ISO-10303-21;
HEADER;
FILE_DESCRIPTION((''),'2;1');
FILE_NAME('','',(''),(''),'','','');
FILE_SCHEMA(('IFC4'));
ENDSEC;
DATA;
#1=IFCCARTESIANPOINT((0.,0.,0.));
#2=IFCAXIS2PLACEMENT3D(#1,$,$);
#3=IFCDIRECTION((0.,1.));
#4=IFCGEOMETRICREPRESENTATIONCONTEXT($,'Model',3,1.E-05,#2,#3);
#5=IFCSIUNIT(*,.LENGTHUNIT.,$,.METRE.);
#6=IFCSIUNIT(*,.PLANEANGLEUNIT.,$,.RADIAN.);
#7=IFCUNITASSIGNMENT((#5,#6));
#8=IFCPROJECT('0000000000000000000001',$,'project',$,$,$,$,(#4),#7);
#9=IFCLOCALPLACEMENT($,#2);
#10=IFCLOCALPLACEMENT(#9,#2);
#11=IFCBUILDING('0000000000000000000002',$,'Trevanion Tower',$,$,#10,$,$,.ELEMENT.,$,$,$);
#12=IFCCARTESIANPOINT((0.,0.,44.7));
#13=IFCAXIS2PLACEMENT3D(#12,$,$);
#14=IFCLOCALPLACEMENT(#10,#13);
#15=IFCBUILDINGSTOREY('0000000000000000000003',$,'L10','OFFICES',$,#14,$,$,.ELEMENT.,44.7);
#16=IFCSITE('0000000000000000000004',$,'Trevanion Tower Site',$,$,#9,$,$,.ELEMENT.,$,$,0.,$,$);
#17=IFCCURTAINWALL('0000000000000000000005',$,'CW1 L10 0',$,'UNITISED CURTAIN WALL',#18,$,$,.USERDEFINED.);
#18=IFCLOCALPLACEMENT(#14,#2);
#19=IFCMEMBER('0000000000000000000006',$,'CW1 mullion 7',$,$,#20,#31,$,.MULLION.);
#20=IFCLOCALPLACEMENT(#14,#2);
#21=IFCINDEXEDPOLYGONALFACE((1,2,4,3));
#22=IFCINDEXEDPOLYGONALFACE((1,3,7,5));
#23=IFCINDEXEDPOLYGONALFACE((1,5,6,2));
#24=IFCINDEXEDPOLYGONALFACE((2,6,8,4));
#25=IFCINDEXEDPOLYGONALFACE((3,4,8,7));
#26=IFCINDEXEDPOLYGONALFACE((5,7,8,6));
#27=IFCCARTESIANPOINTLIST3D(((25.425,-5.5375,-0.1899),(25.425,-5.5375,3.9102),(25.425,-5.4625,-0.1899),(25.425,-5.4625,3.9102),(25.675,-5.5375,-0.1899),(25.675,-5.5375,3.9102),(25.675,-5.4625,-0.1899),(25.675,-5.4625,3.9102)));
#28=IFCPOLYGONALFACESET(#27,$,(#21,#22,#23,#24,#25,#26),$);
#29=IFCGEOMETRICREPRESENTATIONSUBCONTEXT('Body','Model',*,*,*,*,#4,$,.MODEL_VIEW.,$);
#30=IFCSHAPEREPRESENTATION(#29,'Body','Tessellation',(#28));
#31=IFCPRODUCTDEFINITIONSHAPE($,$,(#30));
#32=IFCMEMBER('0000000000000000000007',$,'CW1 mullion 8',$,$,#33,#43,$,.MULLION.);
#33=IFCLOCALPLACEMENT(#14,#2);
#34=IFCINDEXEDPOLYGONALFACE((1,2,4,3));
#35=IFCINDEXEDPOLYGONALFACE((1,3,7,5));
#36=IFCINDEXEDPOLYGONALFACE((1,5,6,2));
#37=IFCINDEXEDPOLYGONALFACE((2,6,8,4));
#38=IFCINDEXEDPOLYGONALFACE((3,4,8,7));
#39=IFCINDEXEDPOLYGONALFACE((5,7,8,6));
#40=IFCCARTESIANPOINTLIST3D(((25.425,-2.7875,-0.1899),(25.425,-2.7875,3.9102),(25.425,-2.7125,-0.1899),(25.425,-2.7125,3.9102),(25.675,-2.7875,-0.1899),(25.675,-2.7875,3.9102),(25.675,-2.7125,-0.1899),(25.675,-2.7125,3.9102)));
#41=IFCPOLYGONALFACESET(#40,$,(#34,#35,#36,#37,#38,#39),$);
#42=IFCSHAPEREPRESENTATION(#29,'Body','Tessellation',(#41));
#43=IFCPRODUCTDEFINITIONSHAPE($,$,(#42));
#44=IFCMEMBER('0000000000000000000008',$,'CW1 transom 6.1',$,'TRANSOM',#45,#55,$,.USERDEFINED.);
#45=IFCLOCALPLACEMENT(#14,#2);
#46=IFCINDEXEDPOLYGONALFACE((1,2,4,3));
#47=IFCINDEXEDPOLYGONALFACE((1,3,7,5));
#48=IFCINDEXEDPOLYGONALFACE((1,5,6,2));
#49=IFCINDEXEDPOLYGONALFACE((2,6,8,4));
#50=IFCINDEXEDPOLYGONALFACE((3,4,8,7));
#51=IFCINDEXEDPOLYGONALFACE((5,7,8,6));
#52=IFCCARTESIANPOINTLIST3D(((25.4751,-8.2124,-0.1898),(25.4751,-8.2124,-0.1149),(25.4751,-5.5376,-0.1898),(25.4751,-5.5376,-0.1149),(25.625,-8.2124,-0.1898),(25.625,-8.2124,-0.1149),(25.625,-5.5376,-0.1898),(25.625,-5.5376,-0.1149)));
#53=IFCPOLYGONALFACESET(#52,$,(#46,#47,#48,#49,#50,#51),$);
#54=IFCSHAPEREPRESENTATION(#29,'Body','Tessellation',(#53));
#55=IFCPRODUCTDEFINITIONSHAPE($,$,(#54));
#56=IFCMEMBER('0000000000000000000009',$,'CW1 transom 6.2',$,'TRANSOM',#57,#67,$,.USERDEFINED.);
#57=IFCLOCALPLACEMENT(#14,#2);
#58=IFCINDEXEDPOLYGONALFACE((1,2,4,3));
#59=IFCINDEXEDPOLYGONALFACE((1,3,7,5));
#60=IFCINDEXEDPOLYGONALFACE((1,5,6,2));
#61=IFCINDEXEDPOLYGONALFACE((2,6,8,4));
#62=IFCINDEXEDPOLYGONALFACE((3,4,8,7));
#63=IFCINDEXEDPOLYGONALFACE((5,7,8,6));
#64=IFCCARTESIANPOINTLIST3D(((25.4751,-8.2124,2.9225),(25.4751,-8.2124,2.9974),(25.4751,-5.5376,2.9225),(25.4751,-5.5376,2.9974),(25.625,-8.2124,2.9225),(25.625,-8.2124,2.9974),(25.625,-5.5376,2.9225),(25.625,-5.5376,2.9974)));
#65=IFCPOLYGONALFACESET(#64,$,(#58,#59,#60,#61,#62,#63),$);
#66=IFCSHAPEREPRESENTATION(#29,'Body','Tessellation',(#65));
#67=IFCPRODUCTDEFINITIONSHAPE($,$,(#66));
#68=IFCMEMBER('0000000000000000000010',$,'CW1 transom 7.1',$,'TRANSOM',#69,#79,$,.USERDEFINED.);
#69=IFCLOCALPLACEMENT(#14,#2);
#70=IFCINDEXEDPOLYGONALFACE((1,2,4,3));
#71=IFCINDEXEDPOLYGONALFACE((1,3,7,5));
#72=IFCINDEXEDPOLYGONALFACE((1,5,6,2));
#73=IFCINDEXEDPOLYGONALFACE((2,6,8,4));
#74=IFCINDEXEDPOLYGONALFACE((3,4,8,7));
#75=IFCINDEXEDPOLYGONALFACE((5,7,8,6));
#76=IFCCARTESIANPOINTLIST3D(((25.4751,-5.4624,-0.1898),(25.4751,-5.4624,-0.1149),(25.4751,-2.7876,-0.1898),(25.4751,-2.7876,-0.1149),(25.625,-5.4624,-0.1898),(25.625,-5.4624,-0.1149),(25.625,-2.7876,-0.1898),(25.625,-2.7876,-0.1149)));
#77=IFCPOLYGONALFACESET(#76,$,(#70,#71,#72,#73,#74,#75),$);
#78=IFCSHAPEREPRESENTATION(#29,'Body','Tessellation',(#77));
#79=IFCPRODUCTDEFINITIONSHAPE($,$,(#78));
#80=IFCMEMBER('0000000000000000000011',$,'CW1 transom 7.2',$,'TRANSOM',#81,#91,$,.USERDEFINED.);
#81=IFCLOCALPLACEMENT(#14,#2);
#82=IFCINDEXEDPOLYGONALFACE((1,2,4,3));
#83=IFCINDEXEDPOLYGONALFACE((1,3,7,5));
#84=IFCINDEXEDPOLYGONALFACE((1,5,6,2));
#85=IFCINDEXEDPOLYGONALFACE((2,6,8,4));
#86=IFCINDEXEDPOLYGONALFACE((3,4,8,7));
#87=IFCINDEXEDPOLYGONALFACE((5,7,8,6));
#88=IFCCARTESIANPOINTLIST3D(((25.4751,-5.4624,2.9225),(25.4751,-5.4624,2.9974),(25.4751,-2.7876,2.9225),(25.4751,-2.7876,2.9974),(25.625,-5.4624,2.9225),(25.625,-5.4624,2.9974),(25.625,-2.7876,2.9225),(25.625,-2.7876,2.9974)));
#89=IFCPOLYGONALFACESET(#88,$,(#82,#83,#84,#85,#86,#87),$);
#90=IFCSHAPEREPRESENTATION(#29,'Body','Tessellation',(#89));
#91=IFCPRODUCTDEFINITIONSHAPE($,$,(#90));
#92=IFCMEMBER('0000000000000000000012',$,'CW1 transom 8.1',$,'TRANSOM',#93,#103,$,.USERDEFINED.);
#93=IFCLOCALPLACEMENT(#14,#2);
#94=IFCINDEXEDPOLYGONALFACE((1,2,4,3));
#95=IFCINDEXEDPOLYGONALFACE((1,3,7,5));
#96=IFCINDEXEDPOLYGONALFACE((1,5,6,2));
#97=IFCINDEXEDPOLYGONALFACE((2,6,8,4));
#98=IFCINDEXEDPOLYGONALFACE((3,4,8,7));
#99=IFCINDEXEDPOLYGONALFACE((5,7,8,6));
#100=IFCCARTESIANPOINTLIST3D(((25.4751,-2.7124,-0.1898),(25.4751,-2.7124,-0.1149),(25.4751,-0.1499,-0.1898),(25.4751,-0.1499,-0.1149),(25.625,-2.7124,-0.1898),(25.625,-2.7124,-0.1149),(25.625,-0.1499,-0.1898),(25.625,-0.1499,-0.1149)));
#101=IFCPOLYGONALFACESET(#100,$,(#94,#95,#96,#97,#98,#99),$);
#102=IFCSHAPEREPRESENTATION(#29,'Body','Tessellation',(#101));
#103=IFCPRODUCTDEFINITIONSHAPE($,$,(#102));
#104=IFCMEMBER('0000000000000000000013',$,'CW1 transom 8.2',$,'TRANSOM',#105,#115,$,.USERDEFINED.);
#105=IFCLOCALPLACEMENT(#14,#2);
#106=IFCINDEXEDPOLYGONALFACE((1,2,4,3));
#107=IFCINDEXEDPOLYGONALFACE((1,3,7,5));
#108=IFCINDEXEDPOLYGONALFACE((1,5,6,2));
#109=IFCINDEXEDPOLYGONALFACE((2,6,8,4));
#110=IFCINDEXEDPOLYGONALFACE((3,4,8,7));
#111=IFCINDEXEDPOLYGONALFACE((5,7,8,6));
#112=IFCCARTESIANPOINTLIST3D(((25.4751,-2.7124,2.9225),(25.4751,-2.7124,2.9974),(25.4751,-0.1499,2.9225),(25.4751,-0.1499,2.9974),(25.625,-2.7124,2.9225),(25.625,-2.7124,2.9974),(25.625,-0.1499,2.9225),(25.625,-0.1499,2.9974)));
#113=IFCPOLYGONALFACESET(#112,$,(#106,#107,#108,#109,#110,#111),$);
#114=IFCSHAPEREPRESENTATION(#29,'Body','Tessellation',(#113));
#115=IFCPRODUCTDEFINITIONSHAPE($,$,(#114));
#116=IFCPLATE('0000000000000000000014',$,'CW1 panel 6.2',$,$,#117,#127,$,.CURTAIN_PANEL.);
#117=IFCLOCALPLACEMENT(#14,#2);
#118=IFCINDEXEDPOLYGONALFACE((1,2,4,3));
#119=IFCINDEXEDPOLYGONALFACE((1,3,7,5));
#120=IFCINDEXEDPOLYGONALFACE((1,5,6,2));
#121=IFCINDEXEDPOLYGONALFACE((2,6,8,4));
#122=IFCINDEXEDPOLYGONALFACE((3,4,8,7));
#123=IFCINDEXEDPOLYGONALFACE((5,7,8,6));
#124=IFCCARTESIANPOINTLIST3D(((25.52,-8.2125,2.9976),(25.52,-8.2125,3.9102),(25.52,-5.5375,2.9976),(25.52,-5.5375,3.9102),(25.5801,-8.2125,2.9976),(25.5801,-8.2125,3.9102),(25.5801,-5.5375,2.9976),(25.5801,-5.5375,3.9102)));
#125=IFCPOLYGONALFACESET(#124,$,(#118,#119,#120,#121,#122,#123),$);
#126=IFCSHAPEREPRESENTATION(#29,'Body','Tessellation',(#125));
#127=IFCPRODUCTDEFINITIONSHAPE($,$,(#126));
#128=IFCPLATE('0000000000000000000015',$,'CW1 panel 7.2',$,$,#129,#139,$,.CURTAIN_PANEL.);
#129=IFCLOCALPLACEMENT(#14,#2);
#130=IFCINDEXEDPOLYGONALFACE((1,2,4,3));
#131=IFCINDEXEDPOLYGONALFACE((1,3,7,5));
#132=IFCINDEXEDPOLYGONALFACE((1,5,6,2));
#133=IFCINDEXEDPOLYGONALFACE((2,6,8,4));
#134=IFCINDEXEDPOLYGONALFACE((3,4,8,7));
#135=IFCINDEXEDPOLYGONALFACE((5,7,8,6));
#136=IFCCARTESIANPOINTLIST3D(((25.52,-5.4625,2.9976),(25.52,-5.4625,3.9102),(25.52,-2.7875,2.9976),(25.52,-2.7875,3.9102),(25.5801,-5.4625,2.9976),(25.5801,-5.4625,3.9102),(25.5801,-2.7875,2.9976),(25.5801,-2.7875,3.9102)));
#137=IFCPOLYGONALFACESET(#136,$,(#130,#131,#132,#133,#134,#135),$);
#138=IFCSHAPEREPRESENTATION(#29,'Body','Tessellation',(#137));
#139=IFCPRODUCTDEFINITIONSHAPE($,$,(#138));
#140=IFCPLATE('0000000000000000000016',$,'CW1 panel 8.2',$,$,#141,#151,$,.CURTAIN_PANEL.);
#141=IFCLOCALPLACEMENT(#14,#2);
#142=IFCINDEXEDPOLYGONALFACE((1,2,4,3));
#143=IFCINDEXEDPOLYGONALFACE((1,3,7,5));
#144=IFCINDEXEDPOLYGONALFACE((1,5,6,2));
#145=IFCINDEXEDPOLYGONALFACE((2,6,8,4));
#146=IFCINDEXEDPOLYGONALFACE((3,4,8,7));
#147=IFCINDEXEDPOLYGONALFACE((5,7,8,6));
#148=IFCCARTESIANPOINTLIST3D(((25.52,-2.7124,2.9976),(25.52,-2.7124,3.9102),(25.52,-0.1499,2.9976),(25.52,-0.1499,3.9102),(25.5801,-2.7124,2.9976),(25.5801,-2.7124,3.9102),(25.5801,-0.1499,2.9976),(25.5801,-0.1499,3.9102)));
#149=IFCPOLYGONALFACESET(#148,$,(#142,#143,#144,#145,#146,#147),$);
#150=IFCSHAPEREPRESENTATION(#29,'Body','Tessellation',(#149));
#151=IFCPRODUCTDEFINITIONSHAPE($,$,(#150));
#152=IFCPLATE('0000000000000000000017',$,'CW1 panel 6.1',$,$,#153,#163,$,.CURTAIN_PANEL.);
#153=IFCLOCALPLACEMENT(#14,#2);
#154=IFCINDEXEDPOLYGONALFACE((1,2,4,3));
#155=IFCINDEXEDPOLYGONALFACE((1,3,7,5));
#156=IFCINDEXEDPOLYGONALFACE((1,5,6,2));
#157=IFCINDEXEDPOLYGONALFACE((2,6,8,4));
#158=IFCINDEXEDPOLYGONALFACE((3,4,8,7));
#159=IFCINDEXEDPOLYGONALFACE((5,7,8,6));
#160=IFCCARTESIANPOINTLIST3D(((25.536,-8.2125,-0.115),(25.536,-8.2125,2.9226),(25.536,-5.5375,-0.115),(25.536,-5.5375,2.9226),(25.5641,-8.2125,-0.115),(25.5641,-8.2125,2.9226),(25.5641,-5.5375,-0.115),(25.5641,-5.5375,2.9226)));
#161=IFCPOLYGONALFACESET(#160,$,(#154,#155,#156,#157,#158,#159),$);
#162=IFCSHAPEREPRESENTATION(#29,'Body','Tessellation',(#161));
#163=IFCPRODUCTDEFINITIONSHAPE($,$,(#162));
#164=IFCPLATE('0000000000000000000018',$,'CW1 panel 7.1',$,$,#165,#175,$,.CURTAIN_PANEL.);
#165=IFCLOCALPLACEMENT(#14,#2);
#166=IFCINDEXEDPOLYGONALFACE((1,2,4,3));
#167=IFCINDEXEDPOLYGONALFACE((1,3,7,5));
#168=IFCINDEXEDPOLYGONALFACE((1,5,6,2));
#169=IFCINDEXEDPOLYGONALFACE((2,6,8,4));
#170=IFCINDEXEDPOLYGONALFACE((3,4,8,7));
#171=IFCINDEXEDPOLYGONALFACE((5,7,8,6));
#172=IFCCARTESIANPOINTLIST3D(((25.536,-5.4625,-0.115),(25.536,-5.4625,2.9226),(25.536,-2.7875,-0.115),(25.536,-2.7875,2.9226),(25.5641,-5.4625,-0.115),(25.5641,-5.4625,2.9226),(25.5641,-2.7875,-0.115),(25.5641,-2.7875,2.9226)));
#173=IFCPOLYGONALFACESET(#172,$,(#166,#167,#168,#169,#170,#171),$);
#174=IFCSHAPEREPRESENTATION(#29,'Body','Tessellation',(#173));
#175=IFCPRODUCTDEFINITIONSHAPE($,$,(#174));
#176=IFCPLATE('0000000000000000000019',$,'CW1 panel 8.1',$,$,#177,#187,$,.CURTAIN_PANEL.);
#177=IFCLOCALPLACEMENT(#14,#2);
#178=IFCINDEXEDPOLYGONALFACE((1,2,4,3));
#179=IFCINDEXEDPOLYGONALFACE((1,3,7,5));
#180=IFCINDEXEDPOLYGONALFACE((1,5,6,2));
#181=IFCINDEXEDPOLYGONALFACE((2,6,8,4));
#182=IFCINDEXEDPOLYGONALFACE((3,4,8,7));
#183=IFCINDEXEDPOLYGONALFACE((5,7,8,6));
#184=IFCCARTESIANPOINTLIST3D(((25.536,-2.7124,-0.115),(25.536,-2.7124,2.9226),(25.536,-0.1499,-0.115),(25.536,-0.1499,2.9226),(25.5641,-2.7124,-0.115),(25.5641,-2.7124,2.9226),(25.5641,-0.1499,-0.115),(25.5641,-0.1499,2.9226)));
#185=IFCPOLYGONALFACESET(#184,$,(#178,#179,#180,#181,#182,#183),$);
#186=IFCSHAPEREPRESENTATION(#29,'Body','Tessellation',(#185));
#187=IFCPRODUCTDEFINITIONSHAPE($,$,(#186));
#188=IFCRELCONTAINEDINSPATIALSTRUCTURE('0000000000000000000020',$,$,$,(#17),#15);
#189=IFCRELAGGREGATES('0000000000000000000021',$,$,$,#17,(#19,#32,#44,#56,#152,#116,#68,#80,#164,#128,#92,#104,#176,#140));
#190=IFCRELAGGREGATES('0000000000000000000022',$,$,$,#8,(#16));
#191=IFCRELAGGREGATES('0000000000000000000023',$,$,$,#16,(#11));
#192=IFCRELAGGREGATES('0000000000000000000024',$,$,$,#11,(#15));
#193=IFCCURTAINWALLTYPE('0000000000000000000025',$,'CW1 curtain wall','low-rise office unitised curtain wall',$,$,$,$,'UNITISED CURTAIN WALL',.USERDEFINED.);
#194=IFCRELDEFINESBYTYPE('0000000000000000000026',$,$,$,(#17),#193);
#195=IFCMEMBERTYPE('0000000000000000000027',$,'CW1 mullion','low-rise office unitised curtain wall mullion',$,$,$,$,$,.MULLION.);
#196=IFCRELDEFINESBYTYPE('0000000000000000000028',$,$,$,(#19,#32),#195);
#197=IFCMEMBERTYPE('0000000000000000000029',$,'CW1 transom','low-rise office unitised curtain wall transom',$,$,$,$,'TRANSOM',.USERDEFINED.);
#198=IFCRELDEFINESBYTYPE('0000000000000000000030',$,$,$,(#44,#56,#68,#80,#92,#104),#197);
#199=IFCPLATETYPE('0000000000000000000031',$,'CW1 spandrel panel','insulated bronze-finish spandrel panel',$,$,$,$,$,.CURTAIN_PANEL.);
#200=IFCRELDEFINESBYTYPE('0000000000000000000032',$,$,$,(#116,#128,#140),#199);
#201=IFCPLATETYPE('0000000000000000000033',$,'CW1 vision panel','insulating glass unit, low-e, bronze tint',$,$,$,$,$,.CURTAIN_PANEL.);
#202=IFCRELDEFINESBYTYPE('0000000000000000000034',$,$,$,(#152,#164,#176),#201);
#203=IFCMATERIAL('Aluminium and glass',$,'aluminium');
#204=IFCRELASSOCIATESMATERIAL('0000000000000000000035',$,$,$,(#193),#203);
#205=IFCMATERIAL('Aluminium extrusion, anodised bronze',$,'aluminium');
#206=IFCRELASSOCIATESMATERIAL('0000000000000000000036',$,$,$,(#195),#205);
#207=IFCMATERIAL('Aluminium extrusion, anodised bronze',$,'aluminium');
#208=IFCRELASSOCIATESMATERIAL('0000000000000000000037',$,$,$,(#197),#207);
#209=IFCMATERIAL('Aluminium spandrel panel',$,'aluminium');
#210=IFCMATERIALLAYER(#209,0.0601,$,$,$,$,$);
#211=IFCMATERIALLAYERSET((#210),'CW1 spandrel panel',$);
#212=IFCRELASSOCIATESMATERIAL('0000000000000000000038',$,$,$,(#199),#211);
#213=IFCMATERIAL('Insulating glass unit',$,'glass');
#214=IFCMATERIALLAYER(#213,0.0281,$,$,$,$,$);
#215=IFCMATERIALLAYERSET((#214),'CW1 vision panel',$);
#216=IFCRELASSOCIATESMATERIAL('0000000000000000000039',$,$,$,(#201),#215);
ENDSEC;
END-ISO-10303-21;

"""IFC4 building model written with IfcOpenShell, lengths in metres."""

from ifc_helpers import new_model, si_unit, direction, frame, origin, origin_2d, place, context, subcontext, project, spatial, rectangle, extrude, material, layer, layer_set, material_profile, profile_set, type_object, element, aggregate, save


model = new_model("IFC4")

# Units and contexts
model_context = context("Model", 3, precision=1e-05, world=origin(), true_north=direction((0.0, 1.0)))
body_context = subcontext(model_context, "Body", "Model", "MODEL_VIEW")
ifc_project = project(units=[si_unit("LENGTHUNIT", "METRE"), si_unit("PLANEANGLEUNIT", "RADIAN")], contexts=[model_context])

# Site, building, storey
site_placement = place(None, origin())
site = spatial("IfcSite", under=ifc_project, at=site_placement, Name="Trevanion Tower Site", CompositionType="ELEMENT", RefElevation=0.0)
building_placement = place(site_placement, origin())
building = spatial("IfcBuilding", under=site, at=building_placement, Name="Trevanion Tower", CompositionType="ELEMENT")
storey_placement = place(building_placement, frame((0.0, 0.0, 44.7)))
storey = spatial("IfcBuildingStorey", under=building, at=storey_placement, Name="L10", Description="OFFICES", CompositionType="ELEMENT", Elevation=44.7)

# Curtain wall, members, plates
ifc_material_1 = material(Name="Aluminium and glass", Category="aluminium")
curtain_wall_type = type_object("IfcCurtainWallType", Name="CW1 curtain wall", Description="low-rise office unitised curtain wall", ElementType="UNITISED CURTAIN WALL", PredefinedType="USERDEFINED", material=ifc_material_1)
curtain_wall_placement = place(storey_placement, origin())
curtain_wall = element("IfcCurtainWall", 1, at=curtain_wall_placement, inside=storey, type_object=curtain_wall_type, Name="CW1 L10 0", ObjectType="UNITISED CURTAIN WALL", PredefinedType="USERDEFINED")
ifc_material_2 = material(Name="Aluminium extrusion, anodised bronze", Category="aluminium")
ifc_material_profile_1 = material_profile(ifc_material_2, rectangle(XDim=0.075, YDim=0.25, at=origin_2d()), Name="CW1 mullion")
ifc_profile_set_1 = profile_set([ifc_material_profile_1], Name="Aluminium extrusion, anodised bronze")
member_type_1 = type_object("IfcMemberType", Name="CW1 mullion", Description="low-rise office unitised curtain wall mullion", PredefinedType="MULLION", material=ifc_profile_set_1)
member_1_placement = place(storey_placement, frame((25.55, -5.5, -0.1899), z_axis=(0.0, 0.0, 1.0), x_axis=(0.0, 1.0, 0.0)))
member_1 = element("IfcMember", 2, at=member_1_placement, type_object=member_type_1, Name="CW1 mullion 7", PredefinedType="MULLION", context=body_context, shape_type="SweptSolid", body=[
    extrude(rectangle(XDim=0.075, YDim=0.25, at=origin_2d()), origin(), (0.0, 0.0, 1.0), 4.1001),
])
member_2_placement = place(storey_placement, frame((25.55, -2.75, -0.1899), z_axis=(0.0, 0.0, 1.0), x_axis=(0.0, 1.0, 0.0)))
member_2 = element("IfcMember", 3, at=member_2_placement, type_object=member_type_1, Name="CW1 mullion 8", PredefinedType="MULLION", context=body_context, shape_type="SweptSolid", body=[
    extrude(rectangle(XDim=0.075, YDim=0.25, at=origin_2d()), origin(), (0.0, 0.0, 1.0), 4.1001),
])
ifc_material_3 = material(Name="Aluminium extrusion, anodised bronze", Category="aluminium")
ifc_material_profile_2 = material_profile(ifc_material_3, rectangle(XDim=0.1499, YDim=0.075, at=origin_2d()), Name="CW1 transom")
ifc_profile_set_2 = profile_set([ifc_material_profile_2], Name="Aluminium extrusion, anodised bronze")
member_type_2 = type_object("IfcMemberType", Name="CW1 transom", Description="low-rise office unitised curtain wall transom", ElementType="TRANSOM", PredefinedType="USERDEFINED", material=ifc_profile_set_2)
member_3_placement = place(storey_placement, frame((25.55, -8.2124, -0.1523), z_axis=(0.0, 1.0, 0.0), x_axis=(-1.0, 0.0, 0.0)))
member_3 = element("IfcMember", 4, at=member_3_placement, type_object=member_type_2, Name="CW1 transom 6.1", ObjectType="TRANSOM", PredefinedType="USERDEFINED", context=body_context, shape_type="SweptSolid", body=[
    extrude(rectangle(XDim=0.1499, YDim=0.075, at=origin_2d()), origin(), (0.0, 0.0, 1.0), 2.6748),
])
member_4_placement = place(storey_placement, frame((25.55, -8.2124, 2.96), z_axis=(0.0, 1.0, 0.0), x_axis=(-1.0, 0.0, 0.0)))
member_4 = element("IfcMember", 5, at=member_4_placement, type_object=member_type_2, Name="CW1 transom 6.2", ObjectType="TRANSOM", PredefinedType="USERDEFINED", context=body_context, shape_type="SweptSolid", body=[
    extrude(rectangle(XDim=0.1499, YDim=0.075, at=origin_2d()), origin(), (0.0, 0.0, 1.0), 2.6748),
])
member_5_placement = place(storey_placement, frame((25.55, -5.4624, -0.1523), z_axis=(0.0, 1.0, 0.0), x_axis=(-1.0, 0.0, 0.0)))
member_5 = element("IfcMember", 6, at=member_5_placement, type_object=member_type_2, Name="CW1 transom 7.1", ObjectType="TRANSOM", PredefinedType="USERDEFINED", context=body_context, shape_type="SweptSolid", body=[
    extrude(rectangle(XDim=0.1499, YDim=0.075, at=origin_2d()), origin(), (0.0, 0.0, 1.0), 2.6748),
])
member_6_placement = place(storey_placement, frame((25.55, -5.4624, 2.96), z_axis=(0.0, 1.0, 0.0), x_axis=(-1.0, 0.0, 0.0)))
member_6 = element("IfcMember", 7, at=member_6_placement, type_object=member_type_2, Name="CW1 transom 7.2", ObjectType="TRANSOM", PredefinedType="USERDEFINED", context=body_context, shape_type="SweptSolid", body=[
    extrude(rectangle(XDim=0.1499, YDim=0.075, at=origin_2d()), origin(), (0.0, 0.0, 1.0), 2.6748),
])
member_7_placement = place(storey_placement, frame((25.55, -2.7124, -0.1523), z_axis=(0.0, 1.0, 0.0), x_axis=(-1.0, 0.0, 0.0)))
member_7 = element("IfcMember", 8, at=member_7_placement, type_object=member_type_2, Name="CW1 transom 8.1", ObjectType="TRANSOM", PredefinedType="USERDEFINED", context=body_context, shape_type="SweptSolid", body=[
    extrude(rectangle(XDim=0.1499, YDim=0.075, at=origin_2d()), origin(), (0.0, 0.0, 1.0), 2.5625),
])
member_8_placement = place(storey_placement, frame((25.55, -2.7124, 2.96), z_axis=(0.0, 1.0, 0.0), x_axis=(-1.0, 0.0, 0.0)))
member_8 = element("IfcMember", 9, at=member_8_placement, type_object=member_type_2, Name="CW1 transom 8.2", ObjectType="TRANSOM", PredefinedType="USERDEFINED", context=body_context, shape_type="SweptSolid", body=[
    extrude(rectangle(XDim=0.1499, YDim=0.075, at=origin_2d()), origin(), (0.0, 0.0, 1.0), 2.5625),
])
ifc_material_4 = material(Name="Aluminium spandrel panel", Category="aluminium")
ifc_layer_1 = layer(ifc_material_4, 0.0601)
ifc_layer_set_1 = layer_set([ifc_layer_1], Name="CW1 spandrel panel")
plate_type_1 = type_object("IfcPlateType", Name="CW1 spandrel panel", Description="insulated bronze-finish spandrel panel", PredefinedType="CURTAIN_PANEL", material=ifc_layer_set_1)
plate_1_placement = place(storey_placement, frame((25.55, -6.875, 2.9976), z_axis=(0.0, 0.0, 1.0), x_axis=(0.0, 1.0, 0.0)))
plate_1 = element("IfcPlate", 10, at=plate_1_placement, type_object=plate_type_1, Name="CW1 panel 6.2", PredefinedType="CURTAIN_PANEL", context=body_context, shape_type="SweptSolid", body=[
    extrude(rectangle(XDim=2.675, YDim=0.0601, at=origin_2d()), origin(), (0.0, 0.0, 1.0), 0.9126),
])
plate_2_placement = place(storey_placement, frame((25.55, -4.125, 2.9976), z_axis=(0.0, 0.0, 1.0), x_axis=(0.0, 1.0, 0.0)))
plate_2 = element("IfcPlate", 11, at=plate_2_placement, type_object=plate_type_1, Name="CW1 panel 7.2", PredefinedType="CURTAIN_PANEL", context=body_context, shape_type="SweptSolid", body=[
    extrude(rectangle(XDim=2.675, YDim=0.0601, at=origin_2d()), origin(), (0.0, 0.0, 1.0), 0.9126),
])
plate_3_placement = place(storey_placement, frame((25.55, -1.4312, 2.9976), z_axis=(0.0, 0.0, 1.0), x_axis=(0.0, 1.0, 0.0)))
plate_3 = element("IfcPlate", 12, at=plate_3_placement, type_object=plate_type_1, Name="CW1 panel 8.2", PredefinedType="CURTAIN_PANEL", context=body_context, shape_type="SweptSolid", body=[
    extrude(rectangle(XDim=2.5625, YDim=0.0601, at=origin_2d()), origin(), (0.0, 0.0, 1.0), 0.9126),
])
ifc_material_5 = material(Name="Insulating glass unit", Category="glass")
ifc_layer_2 = layer(ifc_material_5, 0.0281)
ifc_layer_set_2 = layer_set([ifc_layer_2], Name="CW1 vision panel")
plate_type_2 = type_object("IfcPlateType", Name="CW1 vision panel", Description="insulating glass unit, low-e, bronze tint", PredefinedType="CURTAIN_PANEL", material=ifc_layer_set_2)
plate_4_placement = place(storey_placement, frame((25.55, -6.875, -0.115), z_axis=(0.0, 0.0, 1.0), x_axis=(0.0, 1.0, 0.0)))
plate_4 = element("IfcPlate", 13, at=plate_4_placement, type_object=plate_type_2, Name="CW1 panel 6.1", PredefinedType="CURTAIN_PANEL", context=body_context, shape_type="SweptSolid", body=[
    extrude(rectangle(XDim=2.675, YDim=0.0281, at=origin_2d()), origin(), (0.0, 0.0, 1.0), 3.0376),
])
plate_5_placement = place(storey_placement, frame((25.55, -4.125, -0.115), z_axis=(0.0, 0.0, 1.0), x_axis=(0.0, 1.0, 0.0)))
plate_5 = element("IfcPlate", 14, at=plate_5_placement, type_object=plate_type_2, Name="CW1 panel 7.1", PredefinedType="CURTAIN_PANEL", context=body_context, shape_type="SweptSolid", body=[
    extrude(rectangle(XDim=2.675, YDim=0.0281, at=origin_2d()), origin(), (0.0, 0.0, 1.0), 3.0376),
])
plate_6_placement = place(storey_placement, frame((25.55, -1.4312, -0.115), z_axis=(0.0, 0.0, 1.0), x_axis=(0.0, 1.0, 0.0)))
plate_6 = element("IfcPlate", 15, at=plate_6_placement, type_object=plate_type_2, Name="CW1 panel 8.1", PredefinedType="CURTAIN_PANEL", context=body_context, shape_type="SweptSolid", body=[
    extrude(rectangle(XDim=2.5625, YDim=0.0281, at=origin_2d()), origin(), (0.0, 0.0, 1.0), 3.0376),
])
aggregate(curtain_wall, [member_1, member_2, member_3, member_4, plate_4, plate_1, member_5, member_6, plate_5, plate_2, member_7, member_8, plate_6, plate_3])

save(model, "model.ifc")
